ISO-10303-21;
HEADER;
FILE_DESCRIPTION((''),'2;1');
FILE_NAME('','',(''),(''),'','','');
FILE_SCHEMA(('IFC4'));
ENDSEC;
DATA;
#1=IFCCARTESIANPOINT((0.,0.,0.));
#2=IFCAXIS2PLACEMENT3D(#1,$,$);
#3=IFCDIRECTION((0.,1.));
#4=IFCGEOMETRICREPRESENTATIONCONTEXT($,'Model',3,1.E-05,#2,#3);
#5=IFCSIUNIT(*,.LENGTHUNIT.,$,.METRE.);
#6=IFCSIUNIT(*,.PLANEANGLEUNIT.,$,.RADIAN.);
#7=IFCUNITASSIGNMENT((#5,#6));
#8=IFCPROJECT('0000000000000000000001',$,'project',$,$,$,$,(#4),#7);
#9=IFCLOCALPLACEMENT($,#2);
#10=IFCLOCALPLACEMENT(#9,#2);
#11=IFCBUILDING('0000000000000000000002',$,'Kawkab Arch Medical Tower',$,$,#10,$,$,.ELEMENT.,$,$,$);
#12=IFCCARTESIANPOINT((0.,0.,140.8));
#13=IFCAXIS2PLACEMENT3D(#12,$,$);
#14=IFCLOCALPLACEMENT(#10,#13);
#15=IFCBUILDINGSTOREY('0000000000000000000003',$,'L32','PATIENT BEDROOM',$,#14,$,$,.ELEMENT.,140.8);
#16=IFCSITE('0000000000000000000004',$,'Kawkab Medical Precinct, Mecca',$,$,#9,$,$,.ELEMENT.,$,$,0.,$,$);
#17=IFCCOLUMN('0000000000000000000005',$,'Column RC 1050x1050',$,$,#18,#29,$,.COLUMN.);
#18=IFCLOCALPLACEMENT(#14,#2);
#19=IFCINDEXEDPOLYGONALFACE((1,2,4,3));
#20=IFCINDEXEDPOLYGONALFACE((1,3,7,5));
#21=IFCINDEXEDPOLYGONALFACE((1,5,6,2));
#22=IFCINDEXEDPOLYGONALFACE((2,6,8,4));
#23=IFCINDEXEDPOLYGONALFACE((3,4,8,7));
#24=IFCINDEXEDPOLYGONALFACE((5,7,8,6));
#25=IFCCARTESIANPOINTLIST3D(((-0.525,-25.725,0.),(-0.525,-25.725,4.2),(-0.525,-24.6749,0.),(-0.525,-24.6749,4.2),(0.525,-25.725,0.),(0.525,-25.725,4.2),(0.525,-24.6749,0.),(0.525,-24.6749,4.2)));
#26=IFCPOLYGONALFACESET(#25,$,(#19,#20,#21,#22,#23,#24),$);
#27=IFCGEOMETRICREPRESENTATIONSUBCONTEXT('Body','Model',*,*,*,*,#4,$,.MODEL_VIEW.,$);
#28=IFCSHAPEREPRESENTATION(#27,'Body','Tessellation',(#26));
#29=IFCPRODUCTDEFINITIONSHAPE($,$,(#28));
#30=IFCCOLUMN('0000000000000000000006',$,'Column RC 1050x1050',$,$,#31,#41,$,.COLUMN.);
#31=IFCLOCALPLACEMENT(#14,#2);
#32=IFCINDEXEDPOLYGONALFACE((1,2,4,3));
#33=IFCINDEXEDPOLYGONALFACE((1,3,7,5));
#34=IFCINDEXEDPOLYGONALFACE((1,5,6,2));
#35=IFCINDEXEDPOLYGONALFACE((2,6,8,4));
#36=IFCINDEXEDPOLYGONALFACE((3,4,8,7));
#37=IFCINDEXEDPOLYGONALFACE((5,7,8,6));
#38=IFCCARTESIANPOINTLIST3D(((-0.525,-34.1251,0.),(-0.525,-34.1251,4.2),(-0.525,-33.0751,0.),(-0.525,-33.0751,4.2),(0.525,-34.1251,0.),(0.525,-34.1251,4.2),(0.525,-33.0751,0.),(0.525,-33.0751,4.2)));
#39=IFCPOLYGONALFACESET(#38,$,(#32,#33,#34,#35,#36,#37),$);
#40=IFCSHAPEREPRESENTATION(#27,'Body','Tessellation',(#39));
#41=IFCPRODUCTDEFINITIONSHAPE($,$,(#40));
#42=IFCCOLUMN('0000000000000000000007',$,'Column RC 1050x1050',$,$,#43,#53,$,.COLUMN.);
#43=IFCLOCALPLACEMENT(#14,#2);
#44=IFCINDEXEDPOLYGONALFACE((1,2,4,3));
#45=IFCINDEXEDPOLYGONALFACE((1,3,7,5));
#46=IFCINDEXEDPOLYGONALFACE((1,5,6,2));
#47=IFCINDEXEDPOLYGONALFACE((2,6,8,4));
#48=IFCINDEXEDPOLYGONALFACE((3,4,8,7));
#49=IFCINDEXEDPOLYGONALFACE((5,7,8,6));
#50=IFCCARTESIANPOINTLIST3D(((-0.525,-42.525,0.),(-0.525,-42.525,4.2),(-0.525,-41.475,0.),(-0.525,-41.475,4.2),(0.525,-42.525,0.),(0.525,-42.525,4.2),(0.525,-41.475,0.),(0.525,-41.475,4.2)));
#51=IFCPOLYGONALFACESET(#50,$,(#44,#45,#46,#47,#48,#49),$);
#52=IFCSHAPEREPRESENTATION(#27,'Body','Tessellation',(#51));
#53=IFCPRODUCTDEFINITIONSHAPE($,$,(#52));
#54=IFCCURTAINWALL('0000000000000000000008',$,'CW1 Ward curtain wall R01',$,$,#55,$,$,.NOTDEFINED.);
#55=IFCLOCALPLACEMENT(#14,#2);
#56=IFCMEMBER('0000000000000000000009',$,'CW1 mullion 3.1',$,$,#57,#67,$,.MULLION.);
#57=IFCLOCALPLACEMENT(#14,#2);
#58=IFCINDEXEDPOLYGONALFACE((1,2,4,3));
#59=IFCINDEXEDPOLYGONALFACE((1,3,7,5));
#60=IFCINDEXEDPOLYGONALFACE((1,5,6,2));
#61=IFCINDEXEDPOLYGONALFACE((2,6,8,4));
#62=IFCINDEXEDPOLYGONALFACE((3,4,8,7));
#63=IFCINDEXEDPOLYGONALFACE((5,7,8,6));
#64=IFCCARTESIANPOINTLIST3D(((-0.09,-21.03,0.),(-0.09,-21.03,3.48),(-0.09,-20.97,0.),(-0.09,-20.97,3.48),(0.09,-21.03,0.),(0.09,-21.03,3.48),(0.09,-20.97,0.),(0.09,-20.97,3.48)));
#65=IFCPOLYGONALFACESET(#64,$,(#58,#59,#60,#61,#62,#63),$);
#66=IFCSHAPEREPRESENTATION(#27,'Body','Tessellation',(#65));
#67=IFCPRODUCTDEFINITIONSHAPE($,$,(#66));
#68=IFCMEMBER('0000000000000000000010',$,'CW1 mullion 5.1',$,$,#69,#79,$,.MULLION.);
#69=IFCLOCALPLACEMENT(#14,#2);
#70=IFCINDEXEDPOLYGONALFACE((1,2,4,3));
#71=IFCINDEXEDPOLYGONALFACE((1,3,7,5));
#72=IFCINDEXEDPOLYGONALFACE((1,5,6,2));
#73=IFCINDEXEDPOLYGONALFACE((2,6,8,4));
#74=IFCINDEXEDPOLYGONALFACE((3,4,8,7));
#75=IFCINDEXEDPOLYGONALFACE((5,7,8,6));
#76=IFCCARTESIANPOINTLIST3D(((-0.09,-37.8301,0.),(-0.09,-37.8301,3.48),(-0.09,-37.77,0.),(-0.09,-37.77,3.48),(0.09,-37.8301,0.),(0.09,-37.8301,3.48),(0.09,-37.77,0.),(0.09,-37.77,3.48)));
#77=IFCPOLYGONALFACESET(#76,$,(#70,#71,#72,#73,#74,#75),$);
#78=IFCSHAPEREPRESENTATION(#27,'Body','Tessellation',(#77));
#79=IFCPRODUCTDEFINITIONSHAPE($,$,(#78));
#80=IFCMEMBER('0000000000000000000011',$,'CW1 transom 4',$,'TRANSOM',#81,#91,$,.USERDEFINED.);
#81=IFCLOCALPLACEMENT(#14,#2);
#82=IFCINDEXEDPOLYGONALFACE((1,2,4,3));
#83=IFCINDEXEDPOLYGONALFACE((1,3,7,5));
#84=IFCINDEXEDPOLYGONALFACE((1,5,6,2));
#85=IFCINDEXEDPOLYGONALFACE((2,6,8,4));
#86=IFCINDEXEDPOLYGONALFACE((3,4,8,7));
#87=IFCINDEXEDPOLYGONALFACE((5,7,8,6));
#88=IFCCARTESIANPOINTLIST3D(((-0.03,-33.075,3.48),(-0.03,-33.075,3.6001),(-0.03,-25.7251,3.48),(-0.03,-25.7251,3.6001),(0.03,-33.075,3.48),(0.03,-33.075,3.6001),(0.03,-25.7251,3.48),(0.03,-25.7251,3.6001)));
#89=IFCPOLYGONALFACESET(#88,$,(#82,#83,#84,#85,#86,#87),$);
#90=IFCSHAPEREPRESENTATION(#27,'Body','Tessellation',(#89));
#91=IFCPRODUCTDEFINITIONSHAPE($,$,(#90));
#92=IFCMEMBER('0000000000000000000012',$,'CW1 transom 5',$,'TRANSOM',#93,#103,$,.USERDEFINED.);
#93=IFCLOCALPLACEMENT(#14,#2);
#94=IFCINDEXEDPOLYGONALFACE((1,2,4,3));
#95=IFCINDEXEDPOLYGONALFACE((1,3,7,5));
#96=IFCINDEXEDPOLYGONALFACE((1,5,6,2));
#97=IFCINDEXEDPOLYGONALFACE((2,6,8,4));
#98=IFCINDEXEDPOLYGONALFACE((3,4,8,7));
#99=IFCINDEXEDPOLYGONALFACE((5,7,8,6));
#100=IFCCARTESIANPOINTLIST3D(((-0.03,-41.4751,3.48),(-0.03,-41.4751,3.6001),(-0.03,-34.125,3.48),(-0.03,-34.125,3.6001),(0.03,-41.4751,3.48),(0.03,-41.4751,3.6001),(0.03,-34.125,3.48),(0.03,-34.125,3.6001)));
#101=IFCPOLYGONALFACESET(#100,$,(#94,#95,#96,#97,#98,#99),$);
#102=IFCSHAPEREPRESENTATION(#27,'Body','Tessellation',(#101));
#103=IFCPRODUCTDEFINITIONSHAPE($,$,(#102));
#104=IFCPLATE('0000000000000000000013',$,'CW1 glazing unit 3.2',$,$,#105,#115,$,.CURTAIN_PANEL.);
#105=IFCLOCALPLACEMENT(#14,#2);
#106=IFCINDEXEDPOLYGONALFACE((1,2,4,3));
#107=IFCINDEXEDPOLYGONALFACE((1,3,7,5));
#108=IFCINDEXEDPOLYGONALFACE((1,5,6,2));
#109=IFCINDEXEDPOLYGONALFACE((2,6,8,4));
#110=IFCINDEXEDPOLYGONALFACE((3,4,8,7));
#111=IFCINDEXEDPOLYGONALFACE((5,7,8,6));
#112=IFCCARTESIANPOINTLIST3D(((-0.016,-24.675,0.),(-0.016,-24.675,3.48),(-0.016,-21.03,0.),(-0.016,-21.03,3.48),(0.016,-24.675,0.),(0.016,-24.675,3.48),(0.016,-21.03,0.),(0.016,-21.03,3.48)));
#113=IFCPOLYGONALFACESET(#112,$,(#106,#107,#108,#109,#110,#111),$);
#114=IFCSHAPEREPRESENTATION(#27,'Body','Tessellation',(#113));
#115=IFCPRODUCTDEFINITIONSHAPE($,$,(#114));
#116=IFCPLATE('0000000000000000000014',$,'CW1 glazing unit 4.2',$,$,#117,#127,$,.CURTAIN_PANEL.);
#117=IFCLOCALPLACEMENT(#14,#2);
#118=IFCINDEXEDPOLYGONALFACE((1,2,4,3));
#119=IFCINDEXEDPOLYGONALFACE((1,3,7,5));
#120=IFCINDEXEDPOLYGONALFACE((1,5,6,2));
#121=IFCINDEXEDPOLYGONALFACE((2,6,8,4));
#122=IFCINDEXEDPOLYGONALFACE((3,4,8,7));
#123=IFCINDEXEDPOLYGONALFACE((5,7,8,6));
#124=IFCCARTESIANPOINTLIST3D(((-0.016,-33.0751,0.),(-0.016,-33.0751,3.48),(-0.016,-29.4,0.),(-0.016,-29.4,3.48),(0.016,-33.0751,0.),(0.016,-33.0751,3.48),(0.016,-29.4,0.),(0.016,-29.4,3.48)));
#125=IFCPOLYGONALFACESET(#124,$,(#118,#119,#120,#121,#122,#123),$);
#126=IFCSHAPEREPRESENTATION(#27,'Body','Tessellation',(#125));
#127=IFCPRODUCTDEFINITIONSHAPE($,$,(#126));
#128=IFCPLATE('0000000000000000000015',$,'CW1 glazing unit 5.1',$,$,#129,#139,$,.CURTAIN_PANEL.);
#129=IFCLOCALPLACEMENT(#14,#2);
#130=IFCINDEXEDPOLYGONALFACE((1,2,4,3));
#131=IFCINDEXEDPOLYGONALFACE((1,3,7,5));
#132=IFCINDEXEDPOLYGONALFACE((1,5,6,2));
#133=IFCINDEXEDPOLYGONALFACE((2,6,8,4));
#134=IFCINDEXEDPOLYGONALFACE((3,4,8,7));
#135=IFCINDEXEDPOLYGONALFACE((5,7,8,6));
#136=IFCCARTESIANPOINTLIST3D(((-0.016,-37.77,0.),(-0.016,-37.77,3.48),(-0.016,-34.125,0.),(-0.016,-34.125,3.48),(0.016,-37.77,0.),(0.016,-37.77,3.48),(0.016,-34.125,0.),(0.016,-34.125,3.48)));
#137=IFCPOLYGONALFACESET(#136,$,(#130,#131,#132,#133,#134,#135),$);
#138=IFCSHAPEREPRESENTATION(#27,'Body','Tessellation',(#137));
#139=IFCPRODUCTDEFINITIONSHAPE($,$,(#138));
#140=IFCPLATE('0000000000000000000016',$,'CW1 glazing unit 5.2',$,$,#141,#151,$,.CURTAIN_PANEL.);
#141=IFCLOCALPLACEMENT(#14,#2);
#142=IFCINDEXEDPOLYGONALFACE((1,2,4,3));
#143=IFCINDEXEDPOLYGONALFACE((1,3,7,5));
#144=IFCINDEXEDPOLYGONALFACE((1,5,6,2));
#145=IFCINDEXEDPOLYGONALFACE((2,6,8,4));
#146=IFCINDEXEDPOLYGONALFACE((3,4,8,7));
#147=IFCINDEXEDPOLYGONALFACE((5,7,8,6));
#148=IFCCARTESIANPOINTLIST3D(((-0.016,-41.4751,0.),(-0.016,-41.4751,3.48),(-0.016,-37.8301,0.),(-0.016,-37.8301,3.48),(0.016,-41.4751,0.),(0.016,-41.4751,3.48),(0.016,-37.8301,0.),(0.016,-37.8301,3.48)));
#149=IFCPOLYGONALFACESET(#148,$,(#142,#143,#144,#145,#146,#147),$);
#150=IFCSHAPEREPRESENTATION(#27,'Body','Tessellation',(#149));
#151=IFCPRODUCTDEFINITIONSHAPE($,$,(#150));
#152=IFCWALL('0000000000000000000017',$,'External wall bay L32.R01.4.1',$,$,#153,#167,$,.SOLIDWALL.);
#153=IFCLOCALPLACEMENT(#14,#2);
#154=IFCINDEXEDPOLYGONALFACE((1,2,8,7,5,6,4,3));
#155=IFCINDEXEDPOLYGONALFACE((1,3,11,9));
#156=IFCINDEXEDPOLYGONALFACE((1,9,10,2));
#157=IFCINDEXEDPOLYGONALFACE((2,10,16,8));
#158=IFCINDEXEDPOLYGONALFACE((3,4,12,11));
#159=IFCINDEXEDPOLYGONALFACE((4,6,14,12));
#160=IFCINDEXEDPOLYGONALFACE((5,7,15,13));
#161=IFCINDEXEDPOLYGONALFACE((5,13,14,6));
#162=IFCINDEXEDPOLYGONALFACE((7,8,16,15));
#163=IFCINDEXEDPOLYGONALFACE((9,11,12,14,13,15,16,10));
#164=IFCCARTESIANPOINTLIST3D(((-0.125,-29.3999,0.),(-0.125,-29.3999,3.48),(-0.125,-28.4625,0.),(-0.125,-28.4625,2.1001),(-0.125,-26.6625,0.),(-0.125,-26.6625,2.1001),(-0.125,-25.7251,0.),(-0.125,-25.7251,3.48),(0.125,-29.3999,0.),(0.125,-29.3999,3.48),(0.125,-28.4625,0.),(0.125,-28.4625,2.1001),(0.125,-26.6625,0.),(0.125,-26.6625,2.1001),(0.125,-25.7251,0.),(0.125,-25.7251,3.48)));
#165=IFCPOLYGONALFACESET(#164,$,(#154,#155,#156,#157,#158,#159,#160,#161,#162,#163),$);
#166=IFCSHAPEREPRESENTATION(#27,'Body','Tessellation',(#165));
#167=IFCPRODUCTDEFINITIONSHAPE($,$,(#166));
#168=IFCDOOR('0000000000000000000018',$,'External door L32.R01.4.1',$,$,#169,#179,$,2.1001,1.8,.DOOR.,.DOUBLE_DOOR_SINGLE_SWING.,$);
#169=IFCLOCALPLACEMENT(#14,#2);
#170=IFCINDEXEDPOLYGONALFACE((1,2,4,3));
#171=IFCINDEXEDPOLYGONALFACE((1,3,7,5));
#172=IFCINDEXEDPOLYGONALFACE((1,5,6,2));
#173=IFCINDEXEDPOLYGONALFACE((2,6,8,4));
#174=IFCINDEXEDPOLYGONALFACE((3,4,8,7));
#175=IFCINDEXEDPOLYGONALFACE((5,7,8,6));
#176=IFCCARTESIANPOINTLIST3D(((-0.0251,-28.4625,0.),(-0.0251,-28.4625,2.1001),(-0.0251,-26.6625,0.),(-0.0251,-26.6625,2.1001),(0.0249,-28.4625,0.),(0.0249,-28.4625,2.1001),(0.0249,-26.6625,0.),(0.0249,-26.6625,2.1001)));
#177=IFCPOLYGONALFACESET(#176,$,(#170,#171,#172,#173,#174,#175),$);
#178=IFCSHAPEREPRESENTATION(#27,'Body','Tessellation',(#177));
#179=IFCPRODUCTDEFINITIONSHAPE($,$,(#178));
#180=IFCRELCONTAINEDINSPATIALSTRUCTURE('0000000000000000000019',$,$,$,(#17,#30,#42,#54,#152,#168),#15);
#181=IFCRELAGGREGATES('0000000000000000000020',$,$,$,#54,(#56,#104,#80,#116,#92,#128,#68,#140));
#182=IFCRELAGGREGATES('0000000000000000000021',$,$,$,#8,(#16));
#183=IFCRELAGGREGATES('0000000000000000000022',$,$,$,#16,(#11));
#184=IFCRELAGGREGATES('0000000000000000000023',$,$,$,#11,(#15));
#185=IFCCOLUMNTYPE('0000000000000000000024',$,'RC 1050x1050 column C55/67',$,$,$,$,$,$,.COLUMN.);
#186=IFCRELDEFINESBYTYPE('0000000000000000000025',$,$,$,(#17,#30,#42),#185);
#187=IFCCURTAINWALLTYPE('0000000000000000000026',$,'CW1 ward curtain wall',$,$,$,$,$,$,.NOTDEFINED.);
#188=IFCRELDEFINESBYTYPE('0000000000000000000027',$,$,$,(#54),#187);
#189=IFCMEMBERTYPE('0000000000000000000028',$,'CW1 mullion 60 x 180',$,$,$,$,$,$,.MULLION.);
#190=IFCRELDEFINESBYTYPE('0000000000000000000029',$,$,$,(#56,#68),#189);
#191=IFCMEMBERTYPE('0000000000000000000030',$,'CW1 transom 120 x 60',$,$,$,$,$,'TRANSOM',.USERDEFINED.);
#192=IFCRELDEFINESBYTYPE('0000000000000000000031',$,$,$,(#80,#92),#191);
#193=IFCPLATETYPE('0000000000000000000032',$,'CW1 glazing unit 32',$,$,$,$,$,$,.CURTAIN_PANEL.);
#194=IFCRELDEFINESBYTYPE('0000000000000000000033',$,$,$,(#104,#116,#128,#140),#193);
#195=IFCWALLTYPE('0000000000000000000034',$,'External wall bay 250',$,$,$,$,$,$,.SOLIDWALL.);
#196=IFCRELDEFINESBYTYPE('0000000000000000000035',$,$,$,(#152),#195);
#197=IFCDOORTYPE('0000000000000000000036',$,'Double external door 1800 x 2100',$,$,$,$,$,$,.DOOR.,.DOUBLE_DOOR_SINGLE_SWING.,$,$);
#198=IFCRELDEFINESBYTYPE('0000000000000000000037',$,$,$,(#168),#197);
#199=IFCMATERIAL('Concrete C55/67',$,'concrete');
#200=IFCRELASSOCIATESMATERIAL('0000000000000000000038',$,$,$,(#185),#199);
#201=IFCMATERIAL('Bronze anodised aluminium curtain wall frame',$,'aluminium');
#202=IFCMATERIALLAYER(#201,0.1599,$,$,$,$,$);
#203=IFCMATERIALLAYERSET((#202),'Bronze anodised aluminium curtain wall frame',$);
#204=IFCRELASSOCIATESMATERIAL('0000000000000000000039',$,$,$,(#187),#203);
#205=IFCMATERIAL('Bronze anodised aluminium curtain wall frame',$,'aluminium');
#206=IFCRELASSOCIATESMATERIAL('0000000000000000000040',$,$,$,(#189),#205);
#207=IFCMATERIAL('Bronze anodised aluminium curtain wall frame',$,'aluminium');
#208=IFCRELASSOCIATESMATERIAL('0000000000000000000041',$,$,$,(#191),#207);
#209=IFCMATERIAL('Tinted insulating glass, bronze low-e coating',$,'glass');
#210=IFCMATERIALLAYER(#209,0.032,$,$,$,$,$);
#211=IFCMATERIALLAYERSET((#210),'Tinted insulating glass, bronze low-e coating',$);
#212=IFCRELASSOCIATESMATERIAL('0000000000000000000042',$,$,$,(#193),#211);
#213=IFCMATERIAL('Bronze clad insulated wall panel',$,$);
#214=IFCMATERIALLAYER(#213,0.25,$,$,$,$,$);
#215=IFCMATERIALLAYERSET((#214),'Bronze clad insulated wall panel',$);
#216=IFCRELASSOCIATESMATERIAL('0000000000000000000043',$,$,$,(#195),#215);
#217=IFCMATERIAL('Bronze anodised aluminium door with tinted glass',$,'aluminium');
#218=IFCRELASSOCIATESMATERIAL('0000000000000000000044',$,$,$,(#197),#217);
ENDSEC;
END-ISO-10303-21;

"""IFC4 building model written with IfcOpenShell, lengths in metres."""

from ifc_helpers import new_model, si_unit, direction, frame, frame_2d, origin, origin_2d, place, context, subcontext, project, spatial, rectangle, extrude, material, layer, layer_set, material_profile, profile_set, type_object, element, fill, aggregate, save


model = new_model("IFC4")

# Units and contexts
model_context = context("Model", 3, precision=1e-05, world=origin(), true_north=direction((0.0, 1.0)))
body_context = subcontext(model_context, "Body", "Model", "MODEL_VIEW")
ifc_project = project(units=[si_unit("LENGTHUNIT", "METRE"), si_unit("PLANEANGLEUNIT", "RADIAN")], contexts=[model_context])

# Site, building, storey
site_placement = place(None, origin())
site = spatial("IfcSite", under=ifc_project, at=site_placement, Name="Kawkab Medical Precinct, Mecca", CompositionType="ELEMENT", RefElevation=0.0)
building_placement = place(site_placement, origin())
building = spatial("IfcBuilding", under=site, at=building_placement, Name="Kawkab Arch Medical Tower", CompositionType="ELEMENT")
storey_placement = place(building_placement, frame((0.0, 0.0, 140.8)))
storey = spatial("IfcBuildingStorey", under=building, at=storey_placement, Name="L32", Description="PATIENT BEDROOM", CompositionType="ELEMENT", Elevation=140.8)

# Columns
ifc_material_1 = material(Name="Concrete C55/67", Category="concrete")
ifc_material_profile_1 = material_profile(ifc_material_1, rectangle(XDim=1.05, YDim=1.05, at=origin_2d()), Name="RC 1050x1050")
ifc_profile_set_1 = profile_set([ifc_material_profile_1], Name="Concrete C55/67")
column_type = type_object("IfcColumnType", Name="RC 1050x1050 column C55/67", PredefinedType="COLUMN", material=ifc_profile_set_1)
for number, where, z_axis, x_axis, name in (
    (1, (0.0, -25.2, 0.0), (0.0, 0.0, 1.0), (1.0, 0.0, 0.0), "Column RC 1050x1050"),
    (2, (0.0, -33.6001, 0.0), (0.0, 0.0, 1.0), (1.0, 0.0, 0.0), "Column RC 1050x1050"),
    (3, (0.0, -42.0, 0.0), (0.0, 0.0, 1.0), (1.0, 0.0, 0.0), "Column RC 1050x1050"),
):
    element("IfcColumn", number, at=place(storey_placement, frame(where, z_axis=z_axis, x_axis=x_axis)), inside=storey, type_object=column_type, Name=name, PredefinedType="COLUMN", context=body_context, shape_type="SweptSolid", body=[
        extrude(rectangle(XDim=1.05, YDim=1.05, at=origin_2d()), origin(), (0.0, 0.0, 1.0), 4.2),
    ])

# Curtain wall, members, plates
ifc_material_2 = material(Name="Bronze anodised aluminium curtain wall frame", Category="aluminium")
ifc_layer_1 = layer(ifc_material_2, 0.1599)
ifc_layer_set_1 = layer_set([ifc_layer_1], Name="Bronze anodised aluminium curtain wall frame")
curtain_wall_type = type_object("IfcCurtainWallType", Name="CW1 ward curtain wall", PredefinedType="NOTDEFINED", material=ifc_layer_set_1)
curtain_wall_placement = place(storey_placement, origin())
curtain_wall = element("IfcCurtainWall", 4, at=curtain_wall_placement, inside=storey, type_object=curtain_wall_type, Name="CW1 Ward curtain wall R01", PredefinedType="NOTDEFINED")
ifc_material_3 = material(Name="Bronze anodised aluminium curtain wall frame", Category="aluminium")
ifc_material_profile_2 = material_profile(ifc_material_3, rectangle(XDim=0.1799, YDim=0.0601, at=origin_2d()), Name="AL 60x180")
ifc_profile_set_2 = profile_set([ifc_material_profile_2], Name="Bronze anodised aluminium curtain wall frame")
member_type_1 = type_object("IfcMemberType", Name="CW1 mullion 60 x 180", PredefinedType="MULLION", material=ifc_profile_set_2)
member_1_placement = place(storey_placement, frame((0.0, -21.0, 0.0), z_axis=(0.0, 0.0, 1.0), x_axis=(1.0, 0.0, 0.0)))
member_1 = element("IfcMember", 5, at=member_1_placement, type_object=member_type_1, Name="CW1 mullion 3.1", PredefinedType="MULLION", context=body_context, shape_type="SweptSolid", body=[
    extrude(rectangle(XDim=0.1799, YDim=0.0601, at=origin_2d()), origin(), (0.0, 0.0, 1.0), 3.48),
])
member_2_placement = place(storey_placement, frame((0.0, -37.8, 0.0), z_axis=(0.0, 0.0, 1.0), x_axis=(1.0, 0.0, 0.0)))
member_2 = element("IfcMember", 6, at=member_2_placement, type_object=member_type_1, Name="CW1 mullion 5.1", PredefinedType="MULLION", context=body_context, shape_type="SweptSolid", body=[
    extrude(rectangle(XDim=0.1799, YDim=0.0601, at=origin_2d()), origin(), (0.0, 0.0, 1.0), 3.48),
])
ifc_material_4 = material(Name="Bronze anodised aluminium curtain wall frame", Category="aluminium")
ifc_material_profile_3 = material_profile(ifc_material_4, rectangle(XDim=0.0601, YDim=0.1201, at=origin_2d()), Name="AL 60x120")
ifc_profile_set_3 = profile_set([ifc_material_profile_3], Name="Bronze anodised aluminium curtain wall frame")
member_type_2 = type_object("IfcMemberType", Name="CW1 transom 120 x 60", ElementType="TRANSOM", PredefinedType="USERDEFINED", material=ifc_profile_set_3)
member_3_placement = place(storey_placement, frame((0.0, -25.7251, 3.54), z_axis=(0.0, -1.0, 0.0), x_axis=(1.0, 0.0, 0.0)))
member_3 = element("IfcMember", 7, at=member_3_placement, type_object=member_type_2, Name="CW1 transom 4", ObjectType="TRANSOM", PredefinedType="USERDEFINED", context=body_context, shape_type="SweptSolid", body=[
    extrude(rectangle(XDim=0.0601, YDim=0.1201, at=origin_2d()), origin(), (0.0, 0.0, 1.0), 7.3499),
])
member_4_placement = place(storey_placement, frame((0.0, -34.125, 3.54), z_axis=(0.0, -1.0, 0.0), x_axis=(1.0, 0.0, 0.0)))
member_4 = element("IfcMember", 8, at=member_4_placement, type_object=member_type_2, Name="CW1 transom 5", ObjectType="TRANSOM", PredefinedType="USERDEFINED", context=body_context, shape_type="SweptSolid", body=[
    extrude(rectangle(XDim=0.0601, YDim=0.1201, at=origin_2d()), origin(), (0.0, 0.0, 1.0), 7.3501),
])
ifc_material_5 = material(Name="Tinted insulating glass, bronze low-e coating", Category="glass")
ifc_layer_2 = layer(ifc_material_5, 0.032)
ifc_layer_set_2 = layer_set([ifc_layer_2], Name="Tinted insulating glass, bronze low-e coating")
plate_type = type_object("IfcPlateType", Name="CW1 glazing unit 32", PredefinedType="CURTAIN_PANEL", material=ifc_layer_set_2)
plate_1_placement = place(storey_placement, frame((0.0, -22.8525, 0.0), z_axis=(0.0, 0.0, 1.0), x_axis=(0.0, -1.0, 0.0)))
plate_1 = element("IfcPlate", 9, at=plate_1_placement, type_object=plate_type, Name="CW1 glazing unit 3.2", PredefinedType="CURTAIN_PANEL", context=body_context, shape_type="SweptSolid", body=[
    extrude(rectangle(XDim=3.645, YDim=0.032, at=origin_2d()), origin(), (0.0, 0.0, 1.0), 3.48),
])
plate_2_placement = place(storey_placement, frame((0.0, -31.2375, 0.0), z_axis=(0.0, 0.0, 1.0), x_axis=(0.0, -1.0, 0.0)))
plate_2 = element("IfcPlate", 10, at=plate_2_placement, type_object=plate_type, Name="CW1 glazing unit 4.2", PredefinedType="CURTAIN_PANEL", context=body_context, shape_type="SweptSolid", body=[
    extrude(rectangle(XDim=3.675, YDim=0.032, at=origin_2d()), origin(), (0.0, 0.0, 1.0), 3.48),
])
plate_3_placement = place(storey_placement, frame((0.0, -35.9475, 0.0), z_axis=(0.0, 0.0, 1.0), x_axis=(0.0, -1.0, 0.0)))
plate_3 = element("IfcPlate", 11, at=plate_3_placement, type_object=plate_type, Name="CW1 glazing unit 5.1", PredefinedType="CURTAIN_PANEL", context=body_context, shape_type="SweptSolid", body=[
    extrude(rectangle(XDim=3.645, YDim=0.032, at=origin_2d()), origin(), (0.0, 0.0, 1.0), 3.48),
])
plate_4_placement = place(storey_placement, frame((0.0, -39.6526, 0.0), z_axis=(0.0, 0.0, 1.0), x_axis=(0.0, -1.0, 0.0)))
plate_4 = element("IfcPlate", 12, at=plate_4_placement, type_object=plate_type, Name="CW1 glazing unit 5.2", PredefinedType="CURTAIN_PANEL", context=body_context, shape_type="SweptSolid", body=[
    extrude(rectangle(XDim=3.645, YDim=0.032, at=origin_2d()), origin(), (0.0, 0.0, 1.0), 3.48),
])
aggregate(curtain_wall, [member_1, plate_1, member_3, plate_2, member_4, plate_3, member_2, plate_4])

# Wall, opening, door
ifc_material_6 = material(Name="Bronze clad insulated wall panel")
ifc_layer_3 = layer(ifc_material_6, 0.25)
ifc_layer_set_3 = layer_set([ifc_layer_3], Name="Bronze clad insulated wall panel")
wall_type_1 = type_object("IfcWallType", Name="External wall bay 250", PredefinedType="SOLIDWALL", material=ifc_layer_set_3)
wall_1_placement = place(storey_placement, frame((0.0, -25.7251, 0.0), z_axis=(0.0, 0.0, 1.0), x_axis=(0.0, -1.0, 0.0)))
wall_1 = element("IfcWall", 13, at=wall_1_placement, inside=storey, type_object=wall_type_1, Name="External wall bay L32.R01.4.1", PredefinedType="SOLIDWALL", context=body_context, shape_type="SweptSolid", body=[
    extrude(rectangle(XDim=3.6748, YDim=0.25, at=frame_2d((1.8374, 0.0))), origin(), (0.0, 0.0, 1.0), 3.48),
])
opening_1_placement = place(wall_1_placement, frame((0.9375, 0.0, 0.0)))
opening_1 = element("IfcOpeningElement", 14, at=opening_1_placement, cuts=wall_1, PredefinedType="OPENING", context=body_context, shape_type="SweptSolid", body=[
    extrude(rectangle(XDim=1.8, YDim=2.1001, at=frame_2d((0.8999, 1.05))), frame((0.0, 0.135, 0.0), z_axis=(0.0, -1.0, 0.0), x_axis=(1.0, 0.0, 0.0)), (0.0, 0.0, 1.0), 0.27),
])
ifc_material_7 = material(Name="Bronze anodised aluminium door with tinted glass", Category="aluminium")
door_type_1 = type_object("IfcDoorType", Name="Double external door 1800 x 2100", OperationType="DOUBLE_DOOR_SINGLE_SWING", PredefinedType="DOOR", material=ifc_material_7)
door_1_placement = place(opening_1_placement, origin())
door_1 = element("IfcDoor", 15, at=door_1_placement, inside=storey, type_object=door_type_1, Name="External door L32.R01.4.1", OperationType="DOUBLE_DOOR_SINGLE_SWING", OverallHeight=2.1001, OverallWidth=1.8, PredefinedType="DOOR", context=body_context, shape_type="SweptSolid", body=[
    extrude(rectangle(XDim=1.8, YDim=2.1001, at=frame_2d((0.8999, 1.05))), frame((0.0, 0.0249, 0.0), z_axis=(0.0, -1.0, 0.0), x_axis=(1.0, 0.0, 0.0)), (0.0, 0.0, 1.0), 0.05),
])
fill(opening_1, door_1)

save(model, "model.ifc")
